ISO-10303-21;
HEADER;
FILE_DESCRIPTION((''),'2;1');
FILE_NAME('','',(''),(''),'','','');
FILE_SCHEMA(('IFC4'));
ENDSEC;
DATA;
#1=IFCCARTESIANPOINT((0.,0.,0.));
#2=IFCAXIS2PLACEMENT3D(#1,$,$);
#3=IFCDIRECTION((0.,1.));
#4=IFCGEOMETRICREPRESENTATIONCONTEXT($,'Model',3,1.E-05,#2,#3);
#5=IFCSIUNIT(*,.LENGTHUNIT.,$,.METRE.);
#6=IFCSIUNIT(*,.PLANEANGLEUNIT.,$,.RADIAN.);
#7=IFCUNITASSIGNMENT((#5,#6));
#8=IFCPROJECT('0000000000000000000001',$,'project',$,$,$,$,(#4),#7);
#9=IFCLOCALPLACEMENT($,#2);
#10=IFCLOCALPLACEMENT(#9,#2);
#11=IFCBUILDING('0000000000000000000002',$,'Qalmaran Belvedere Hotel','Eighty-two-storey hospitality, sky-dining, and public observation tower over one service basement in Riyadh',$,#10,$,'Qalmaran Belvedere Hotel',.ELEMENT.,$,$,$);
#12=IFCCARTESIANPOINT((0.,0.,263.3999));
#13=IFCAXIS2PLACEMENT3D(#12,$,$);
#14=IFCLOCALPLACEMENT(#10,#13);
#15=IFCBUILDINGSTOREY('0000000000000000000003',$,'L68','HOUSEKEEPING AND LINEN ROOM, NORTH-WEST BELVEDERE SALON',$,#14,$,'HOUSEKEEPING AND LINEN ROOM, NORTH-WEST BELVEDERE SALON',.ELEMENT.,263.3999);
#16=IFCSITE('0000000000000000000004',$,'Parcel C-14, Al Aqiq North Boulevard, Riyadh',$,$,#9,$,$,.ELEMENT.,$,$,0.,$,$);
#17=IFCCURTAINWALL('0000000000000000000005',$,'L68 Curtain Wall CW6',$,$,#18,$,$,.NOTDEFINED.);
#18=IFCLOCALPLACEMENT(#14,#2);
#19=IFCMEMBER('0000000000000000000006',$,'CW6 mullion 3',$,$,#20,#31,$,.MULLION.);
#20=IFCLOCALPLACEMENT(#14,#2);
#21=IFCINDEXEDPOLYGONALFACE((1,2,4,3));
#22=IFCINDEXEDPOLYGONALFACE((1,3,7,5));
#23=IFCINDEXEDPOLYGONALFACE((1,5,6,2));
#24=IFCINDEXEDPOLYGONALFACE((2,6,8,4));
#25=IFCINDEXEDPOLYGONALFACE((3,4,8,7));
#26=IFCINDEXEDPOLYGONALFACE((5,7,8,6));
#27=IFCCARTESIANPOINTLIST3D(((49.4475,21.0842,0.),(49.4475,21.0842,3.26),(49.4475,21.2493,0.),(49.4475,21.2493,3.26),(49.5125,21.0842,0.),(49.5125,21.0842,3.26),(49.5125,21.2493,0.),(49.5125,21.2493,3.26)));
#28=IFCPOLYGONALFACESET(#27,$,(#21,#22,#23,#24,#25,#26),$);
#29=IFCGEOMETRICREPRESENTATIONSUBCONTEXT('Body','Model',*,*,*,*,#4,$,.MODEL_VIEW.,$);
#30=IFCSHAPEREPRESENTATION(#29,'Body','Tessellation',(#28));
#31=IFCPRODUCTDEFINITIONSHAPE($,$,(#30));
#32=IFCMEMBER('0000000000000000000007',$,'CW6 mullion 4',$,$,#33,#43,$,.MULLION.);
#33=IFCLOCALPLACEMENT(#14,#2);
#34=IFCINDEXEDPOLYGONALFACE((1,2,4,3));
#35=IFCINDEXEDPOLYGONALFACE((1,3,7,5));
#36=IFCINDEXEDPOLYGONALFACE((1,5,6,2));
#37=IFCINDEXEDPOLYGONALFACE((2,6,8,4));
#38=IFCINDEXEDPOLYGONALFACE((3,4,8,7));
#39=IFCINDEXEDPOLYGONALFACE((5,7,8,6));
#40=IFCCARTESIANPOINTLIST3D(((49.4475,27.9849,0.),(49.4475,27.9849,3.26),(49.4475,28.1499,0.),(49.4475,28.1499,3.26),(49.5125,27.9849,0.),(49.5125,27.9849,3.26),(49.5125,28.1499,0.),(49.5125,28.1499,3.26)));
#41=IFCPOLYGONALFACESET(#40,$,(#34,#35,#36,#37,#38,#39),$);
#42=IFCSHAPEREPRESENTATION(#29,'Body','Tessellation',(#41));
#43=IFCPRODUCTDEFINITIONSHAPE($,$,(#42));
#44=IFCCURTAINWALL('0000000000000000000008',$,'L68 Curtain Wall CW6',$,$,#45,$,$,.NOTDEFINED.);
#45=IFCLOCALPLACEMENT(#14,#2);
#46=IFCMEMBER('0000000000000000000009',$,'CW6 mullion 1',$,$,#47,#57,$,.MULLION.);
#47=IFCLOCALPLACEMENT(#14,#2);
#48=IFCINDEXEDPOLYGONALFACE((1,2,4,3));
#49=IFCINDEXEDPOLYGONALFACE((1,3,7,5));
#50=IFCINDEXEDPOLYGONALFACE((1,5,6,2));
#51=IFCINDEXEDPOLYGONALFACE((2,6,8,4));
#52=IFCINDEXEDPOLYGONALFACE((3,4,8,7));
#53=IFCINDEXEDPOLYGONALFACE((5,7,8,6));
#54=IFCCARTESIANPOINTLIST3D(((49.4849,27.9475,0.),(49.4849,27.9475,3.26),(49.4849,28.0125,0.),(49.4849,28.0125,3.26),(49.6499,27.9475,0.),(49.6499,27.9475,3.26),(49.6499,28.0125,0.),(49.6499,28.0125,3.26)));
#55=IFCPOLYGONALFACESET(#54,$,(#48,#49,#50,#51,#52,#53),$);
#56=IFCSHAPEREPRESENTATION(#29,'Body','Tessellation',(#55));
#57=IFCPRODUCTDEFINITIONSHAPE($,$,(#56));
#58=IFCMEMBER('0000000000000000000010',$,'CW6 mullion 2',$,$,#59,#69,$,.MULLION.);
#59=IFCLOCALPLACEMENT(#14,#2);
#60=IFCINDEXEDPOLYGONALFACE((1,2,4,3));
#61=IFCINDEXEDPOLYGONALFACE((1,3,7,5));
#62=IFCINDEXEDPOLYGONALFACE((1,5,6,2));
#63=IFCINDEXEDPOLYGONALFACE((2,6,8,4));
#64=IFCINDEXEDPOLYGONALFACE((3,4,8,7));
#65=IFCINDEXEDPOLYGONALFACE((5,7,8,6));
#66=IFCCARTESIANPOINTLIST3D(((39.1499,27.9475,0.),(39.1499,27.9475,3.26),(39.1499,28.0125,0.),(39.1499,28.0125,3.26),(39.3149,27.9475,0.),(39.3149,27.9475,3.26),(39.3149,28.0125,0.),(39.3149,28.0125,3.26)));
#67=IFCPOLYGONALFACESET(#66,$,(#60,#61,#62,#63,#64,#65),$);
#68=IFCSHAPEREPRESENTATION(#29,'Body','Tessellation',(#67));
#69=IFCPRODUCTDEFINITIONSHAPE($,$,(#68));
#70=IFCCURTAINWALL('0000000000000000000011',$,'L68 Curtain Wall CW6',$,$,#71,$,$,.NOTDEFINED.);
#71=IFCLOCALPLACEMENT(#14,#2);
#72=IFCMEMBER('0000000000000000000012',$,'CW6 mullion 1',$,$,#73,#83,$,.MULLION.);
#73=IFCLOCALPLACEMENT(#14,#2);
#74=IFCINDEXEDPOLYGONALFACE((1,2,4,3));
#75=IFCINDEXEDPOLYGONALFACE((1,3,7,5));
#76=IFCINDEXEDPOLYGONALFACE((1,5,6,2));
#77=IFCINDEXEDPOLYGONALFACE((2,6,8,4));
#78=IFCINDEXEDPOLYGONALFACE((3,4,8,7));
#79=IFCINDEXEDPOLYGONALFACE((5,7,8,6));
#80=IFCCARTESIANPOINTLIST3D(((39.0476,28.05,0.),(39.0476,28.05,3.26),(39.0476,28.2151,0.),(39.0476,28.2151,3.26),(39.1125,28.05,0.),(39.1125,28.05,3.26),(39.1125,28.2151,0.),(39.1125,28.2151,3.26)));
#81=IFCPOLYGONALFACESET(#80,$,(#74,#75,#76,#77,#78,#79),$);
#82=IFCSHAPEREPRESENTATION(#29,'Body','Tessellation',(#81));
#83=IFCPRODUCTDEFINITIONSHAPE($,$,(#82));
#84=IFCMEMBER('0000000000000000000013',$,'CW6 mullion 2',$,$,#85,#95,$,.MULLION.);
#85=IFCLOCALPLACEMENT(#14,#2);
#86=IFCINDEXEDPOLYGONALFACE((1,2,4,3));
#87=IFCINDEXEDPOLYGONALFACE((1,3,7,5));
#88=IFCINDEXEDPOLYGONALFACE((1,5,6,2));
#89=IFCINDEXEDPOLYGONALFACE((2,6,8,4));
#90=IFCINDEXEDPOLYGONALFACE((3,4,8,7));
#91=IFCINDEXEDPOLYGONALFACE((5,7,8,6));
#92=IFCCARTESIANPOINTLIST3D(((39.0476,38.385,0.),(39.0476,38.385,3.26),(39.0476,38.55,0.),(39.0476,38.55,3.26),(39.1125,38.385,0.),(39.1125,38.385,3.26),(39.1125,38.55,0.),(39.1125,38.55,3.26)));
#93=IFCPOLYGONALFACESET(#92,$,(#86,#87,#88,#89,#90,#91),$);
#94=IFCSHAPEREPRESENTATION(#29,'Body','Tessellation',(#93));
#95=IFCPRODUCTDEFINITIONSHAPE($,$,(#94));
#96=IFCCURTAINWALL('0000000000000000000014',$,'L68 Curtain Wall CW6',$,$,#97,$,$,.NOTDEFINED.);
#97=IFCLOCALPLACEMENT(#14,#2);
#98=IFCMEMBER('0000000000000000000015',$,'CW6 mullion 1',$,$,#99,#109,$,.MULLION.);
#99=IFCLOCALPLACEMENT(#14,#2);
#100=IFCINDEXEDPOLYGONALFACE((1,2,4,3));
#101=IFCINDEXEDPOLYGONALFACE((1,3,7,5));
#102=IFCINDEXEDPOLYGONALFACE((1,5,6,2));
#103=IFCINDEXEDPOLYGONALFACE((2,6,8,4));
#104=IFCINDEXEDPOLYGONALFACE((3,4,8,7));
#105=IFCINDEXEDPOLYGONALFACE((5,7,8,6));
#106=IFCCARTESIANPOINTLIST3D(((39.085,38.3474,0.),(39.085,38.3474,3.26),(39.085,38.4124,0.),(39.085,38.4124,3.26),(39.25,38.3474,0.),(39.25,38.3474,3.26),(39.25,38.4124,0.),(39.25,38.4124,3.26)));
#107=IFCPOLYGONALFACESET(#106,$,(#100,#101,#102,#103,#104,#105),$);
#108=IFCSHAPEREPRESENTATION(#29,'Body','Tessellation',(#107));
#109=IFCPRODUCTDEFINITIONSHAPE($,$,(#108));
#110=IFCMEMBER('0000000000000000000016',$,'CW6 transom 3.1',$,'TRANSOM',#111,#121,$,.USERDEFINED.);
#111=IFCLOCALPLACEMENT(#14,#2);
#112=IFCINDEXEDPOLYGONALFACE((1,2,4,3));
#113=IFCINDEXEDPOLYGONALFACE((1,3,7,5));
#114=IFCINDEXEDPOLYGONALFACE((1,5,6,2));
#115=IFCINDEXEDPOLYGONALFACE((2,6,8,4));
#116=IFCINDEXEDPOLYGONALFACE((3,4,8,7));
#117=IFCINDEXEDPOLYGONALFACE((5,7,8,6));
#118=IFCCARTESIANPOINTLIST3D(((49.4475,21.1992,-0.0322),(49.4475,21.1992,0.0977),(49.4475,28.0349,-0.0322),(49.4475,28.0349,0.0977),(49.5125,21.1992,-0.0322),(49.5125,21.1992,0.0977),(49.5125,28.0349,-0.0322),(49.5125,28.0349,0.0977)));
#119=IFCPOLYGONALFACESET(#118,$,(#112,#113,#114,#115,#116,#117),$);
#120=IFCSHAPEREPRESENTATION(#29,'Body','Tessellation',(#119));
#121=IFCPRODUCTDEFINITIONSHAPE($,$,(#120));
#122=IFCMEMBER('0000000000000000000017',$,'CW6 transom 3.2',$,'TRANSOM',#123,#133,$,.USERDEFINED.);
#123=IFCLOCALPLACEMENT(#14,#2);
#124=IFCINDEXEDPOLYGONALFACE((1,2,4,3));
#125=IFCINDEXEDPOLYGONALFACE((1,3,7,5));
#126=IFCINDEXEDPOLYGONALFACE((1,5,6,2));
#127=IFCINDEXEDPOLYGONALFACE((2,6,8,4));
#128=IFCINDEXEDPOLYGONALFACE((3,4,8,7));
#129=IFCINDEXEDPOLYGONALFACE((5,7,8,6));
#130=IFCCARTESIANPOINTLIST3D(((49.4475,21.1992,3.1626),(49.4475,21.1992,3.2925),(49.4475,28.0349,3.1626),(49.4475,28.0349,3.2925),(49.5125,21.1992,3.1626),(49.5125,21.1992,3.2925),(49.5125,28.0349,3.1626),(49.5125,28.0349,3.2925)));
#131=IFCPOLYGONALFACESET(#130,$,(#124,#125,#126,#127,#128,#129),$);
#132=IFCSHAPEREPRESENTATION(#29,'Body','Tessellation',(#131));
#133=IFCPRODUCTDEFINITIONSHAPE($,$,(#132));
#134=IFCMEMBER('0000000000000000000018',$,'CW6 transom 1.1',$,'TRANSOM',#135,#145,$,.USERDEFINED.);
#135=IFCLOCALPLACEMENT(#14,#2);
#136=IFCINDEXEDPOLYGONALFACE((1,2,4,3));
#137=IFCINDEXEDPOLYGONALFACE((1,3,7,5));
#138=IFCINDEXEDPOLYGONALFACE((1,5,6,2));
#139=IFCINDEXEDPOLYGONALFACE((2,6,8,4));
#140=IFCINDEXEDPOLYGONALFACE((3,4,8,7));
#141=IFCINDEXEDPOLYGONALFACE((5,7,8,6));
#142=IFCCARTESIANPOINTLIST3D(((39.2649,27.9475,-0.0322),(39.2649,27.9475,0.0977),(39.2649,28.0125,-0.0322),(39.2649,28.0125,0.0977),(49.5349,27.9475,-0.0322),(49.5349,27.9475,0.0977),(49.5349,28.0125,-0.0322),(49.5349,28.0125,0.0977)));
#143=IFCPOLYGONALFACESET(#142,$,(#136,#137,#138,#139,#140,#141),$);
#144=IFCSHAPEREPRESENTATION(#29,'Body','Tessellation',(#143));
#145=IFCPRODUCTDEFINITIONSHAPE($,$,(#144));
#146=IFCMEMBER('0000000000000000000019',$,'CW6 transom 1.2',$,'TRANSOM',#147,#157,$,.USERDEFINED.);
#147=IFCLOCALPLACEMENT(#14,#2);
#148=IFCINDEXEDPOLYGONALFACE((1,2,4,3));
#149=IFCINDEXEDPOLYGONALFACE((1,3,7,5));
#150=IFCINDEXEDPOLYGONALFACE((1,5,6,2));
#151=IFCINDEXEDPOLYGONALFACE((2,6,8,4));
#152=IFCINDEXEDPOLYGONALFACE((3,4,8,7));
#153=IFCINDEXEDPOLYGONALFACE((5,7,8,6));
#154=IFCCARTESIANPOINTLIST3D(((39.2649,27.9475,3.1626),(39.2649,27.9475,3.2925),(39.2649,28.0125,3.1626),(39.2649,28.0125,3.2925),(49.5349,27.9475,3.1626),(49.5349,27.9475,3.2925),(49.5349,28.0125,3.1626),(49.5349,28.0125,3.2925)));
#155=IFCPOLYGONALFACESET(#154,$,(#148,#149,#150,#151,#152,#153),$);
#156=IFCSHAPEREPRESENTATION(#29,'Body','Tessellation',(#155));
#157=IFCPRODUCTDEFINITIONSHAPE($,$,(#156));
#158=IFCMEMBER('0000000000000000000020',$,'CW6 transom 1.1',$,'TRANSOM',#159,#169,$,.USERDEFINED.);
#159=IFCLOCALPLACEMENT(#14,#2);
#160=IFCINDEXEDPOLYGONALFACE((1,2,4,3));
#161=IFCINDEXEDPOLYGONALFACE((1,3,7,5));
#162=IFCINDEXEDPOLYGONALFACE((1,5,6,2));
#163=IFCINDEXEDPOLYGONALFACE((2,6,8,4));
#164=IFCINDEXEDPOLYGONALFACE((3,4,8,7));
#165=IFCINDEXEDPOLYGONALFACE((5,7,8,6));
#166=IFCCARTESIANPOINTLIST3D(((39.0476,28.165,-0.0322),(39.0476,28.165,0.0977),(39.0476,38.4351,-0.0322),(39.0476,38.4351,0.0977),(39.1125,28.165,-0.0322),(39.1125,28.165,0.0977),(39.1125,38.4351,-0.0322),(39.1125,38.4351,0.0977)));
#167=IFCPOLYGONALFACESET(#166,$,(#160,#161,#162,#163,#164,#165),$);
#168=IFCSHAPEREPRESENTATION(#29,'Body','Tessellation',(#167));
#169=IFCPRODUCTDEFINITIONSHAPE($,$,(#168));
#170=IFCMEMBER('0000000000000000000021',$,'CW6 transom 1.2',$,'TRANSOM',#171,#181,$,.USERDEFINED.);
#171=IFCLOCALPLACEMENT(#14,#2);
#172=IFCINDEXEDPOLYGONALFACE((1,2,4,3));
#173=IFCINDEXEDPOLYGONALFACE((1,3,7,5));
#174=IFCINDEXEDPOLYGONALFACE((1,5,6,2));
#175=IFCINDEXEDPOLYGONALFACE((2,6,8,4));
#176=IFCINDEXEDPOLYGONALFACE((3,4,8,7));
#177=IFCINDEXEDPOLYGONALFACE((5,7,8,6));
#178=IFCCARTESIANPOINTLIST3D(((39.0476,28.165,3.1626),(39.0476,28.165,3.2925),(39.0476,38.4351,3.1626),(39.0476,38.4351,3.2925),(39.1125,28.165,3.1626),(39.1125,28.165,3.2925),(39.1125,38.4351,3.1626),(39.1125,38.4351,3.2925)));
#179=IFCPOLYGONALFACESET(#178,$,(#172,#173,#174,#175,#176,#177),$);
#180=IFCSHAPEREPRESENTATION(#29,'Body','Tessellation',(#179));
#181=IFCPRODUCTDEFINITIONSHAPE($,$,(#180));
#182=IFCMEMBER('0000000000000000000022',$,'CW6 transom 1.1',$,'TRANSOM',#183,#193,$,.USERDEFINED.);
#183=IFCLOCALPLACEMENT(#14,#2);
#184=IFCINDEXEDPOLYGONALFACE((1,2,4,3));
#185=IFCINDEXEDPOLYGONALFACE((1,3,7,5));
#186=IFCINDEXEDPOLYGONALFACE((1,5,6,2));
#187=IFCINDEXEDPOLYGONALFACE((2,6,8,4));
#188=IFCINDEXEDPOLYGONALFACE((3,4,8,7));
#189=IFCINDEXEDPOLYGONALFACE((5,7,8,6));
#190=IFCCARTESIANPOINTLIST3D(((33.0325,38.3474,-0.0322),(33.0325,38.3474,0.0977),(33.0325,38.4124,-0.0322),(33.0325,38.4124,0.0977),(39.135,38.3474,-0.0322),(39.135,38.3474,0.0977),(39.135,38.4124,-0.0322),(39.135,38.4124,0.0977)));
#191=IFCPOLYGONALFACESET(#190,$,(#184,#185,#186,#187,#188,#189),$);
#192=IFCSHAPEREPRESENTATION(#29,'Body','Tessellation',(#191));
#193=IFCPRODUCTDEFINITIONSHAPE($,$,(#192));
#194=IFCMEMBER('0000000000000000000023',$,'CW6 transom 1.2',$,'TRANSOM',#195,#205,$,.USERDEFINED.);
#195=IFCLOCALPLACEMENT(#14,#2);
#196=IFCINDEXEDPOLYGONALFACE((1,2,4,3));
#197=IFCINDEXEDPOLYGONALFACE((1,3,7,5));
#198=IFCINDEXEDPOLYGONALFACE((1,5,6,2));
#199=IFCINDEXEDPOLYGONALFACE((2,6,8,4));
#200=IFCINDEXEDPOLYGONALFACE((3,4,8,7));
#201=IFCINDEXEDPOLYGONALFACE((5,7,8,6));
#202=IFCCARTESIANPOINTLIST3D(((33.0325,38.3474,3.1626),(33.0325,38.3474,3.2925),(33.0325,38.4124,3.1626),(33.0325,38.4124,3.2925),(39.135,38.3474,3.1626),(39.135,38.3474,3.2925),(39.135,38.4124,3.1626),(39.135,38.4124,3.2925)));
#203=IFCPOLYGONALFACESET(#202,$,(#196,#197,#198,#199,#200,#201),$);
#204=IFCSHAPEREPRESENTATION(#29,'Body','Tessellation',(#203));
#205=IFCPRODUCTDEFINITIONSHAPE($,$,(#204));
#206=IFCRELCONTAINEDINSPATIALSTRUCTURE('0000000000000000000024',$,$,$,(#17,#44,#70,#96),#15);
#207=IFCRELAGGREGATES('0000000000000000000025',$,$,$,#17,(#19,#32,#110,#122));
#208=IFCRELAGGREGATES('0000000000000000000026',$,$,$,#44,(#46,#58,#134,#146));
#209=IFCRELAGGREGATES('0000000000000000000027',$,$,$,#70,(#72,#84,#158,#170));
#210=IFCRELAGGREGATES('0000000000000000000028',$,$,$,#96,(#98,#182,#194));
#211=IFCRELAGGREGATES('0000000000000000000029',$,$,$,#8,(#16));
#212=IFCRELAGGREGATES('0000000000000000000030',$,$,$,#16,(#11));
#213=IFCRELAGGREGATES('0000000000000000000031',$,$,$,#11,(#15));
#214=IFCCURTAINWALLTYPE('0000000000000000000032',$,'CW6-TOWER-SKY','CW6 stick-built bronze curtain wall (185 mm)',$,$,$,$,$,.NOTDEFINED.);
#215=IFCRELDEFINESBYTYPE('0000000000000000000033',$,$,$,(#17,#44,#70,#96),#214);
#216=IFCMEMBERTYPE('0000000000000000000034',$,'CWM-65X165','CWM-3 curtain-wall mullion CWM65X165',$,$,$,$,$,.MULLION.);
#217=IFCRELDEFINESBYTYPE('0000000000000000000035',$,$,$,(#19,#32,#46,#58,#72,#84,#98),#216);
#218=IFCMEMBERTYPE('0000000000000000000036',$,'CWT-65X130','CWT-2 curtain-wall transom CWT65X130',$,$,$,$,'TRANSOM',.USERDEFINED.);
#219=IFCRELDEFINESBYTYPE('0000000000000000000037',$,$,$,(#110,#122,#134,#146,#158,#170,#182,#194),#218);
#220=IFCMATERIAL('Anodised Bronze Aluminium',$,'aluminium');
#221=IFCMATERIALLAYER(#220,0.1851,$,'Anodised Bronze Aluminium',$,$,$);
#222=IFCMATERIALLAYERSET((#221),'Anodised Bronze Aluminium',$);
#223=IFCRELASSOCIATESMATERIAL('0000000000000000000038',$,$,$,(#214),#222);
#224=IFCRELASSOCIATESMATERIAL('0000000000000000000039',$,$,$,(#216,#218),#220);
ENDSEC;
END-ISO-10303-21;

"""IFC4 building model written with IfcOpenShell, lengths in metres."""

from ifc_helpers import new_model, si_unit, direction, frame, origin, origin_2d, place, context, subcontext, project, spatial, rectangle, extrude, material, layer, layer_set, material_profile, profile_set, type_object, element, aggregate, save


model = new_model("IFC4")

# Units and contexts
model_context = context("Model", 3, precision=1e-05, world=origin(), true_north=direction((0.0, 1.0)))
body_context = subcontext(model_context, "Body", "Model", "MODEL_VIEW")
ifc_project = project(units=[si_unit("LENGTHUNIT", "METRE"), si_unit("PLANEANGLEUNIT", "RADIAN")], contexts=[model_context])

# Site, building, storey
site_placement = place(None, origin())
site = spatial("IfcSite", under=ifc_project, at=site_placement, Name="Parcel C-14, Al Aqiq North Boulevard, Riyadh", CompositionType="ELEMENT", RefElevation=0.0)
building_placement = place(site_placement, origin())
building = spatial("IfcBuilding", under=site, at=building_placement, Name="Qalmaran Belvedere Hotel", Description="Eighty-two-storey hospitality, sky-dining, and public observation tower over one service basement in Riyadh", LongName="Qalmaran Belvedere Hotel", CompositionType="ELEMENT")
storey_placement = place(building_placement, frame((0.0, 0.0, 263.3999)))
storey = spatial("IfcBuildingStorey", under=building, at=storey_placement, Name="L68", Description="HOUSEKEEPING AND LINEN ROOM, NORTH-WEST BELVEDERE SALON", LongName="HOUSEKEEPING AND LINEN ROOM, NORTH-WEST BELVEDERE SALON", CompositionType="ELEMENT", Elevation=263.3999)

# Curtain walls, members
ifc_material_1 = material(Name="Anodised Bronze Aluminium", Category="aluminium")
ifc_layer_1 = layer(ifc_material_1, 0.1851, Name="Anodised Bronze Aluminium")
ifc_layer_set_1 = layer_set([ifc_layer_1], Name="Anodised Bronze Aluminium")
curtain_wall_type = type_object("IfcCurtainWallType", Name="CW6-TOWER-SKY", Description="CW6 stick-built bronze curtain wall (185 mm)", PredefinedType="NOTDEFINED", material=ifc_layer_set_1)
curtain_wall_1_placement = place(storey_placement, origin())
curtain_wall_1 = element("IfcCurtainWall", 1, at=curtain_wall_1_placement, inside=storey, type_object=curtain_wall_type, Name="L68 Curtain Wall CW6", PredefinedType="NOTDEFINED")
ifc_material_profile_1 = material_profile(ifc_material_1, rectangle(XDim=0.0649, YDim=0.165, at=origin_2d()), Name="CWM65X165")
ifc_profile_set_1 = profile_set([ifc_material_profile_1], Name="Anodised Bronze Aluminium")
member_type_1 = type_object("IfcMemberType", Name="CWM-65X165", Description="CWM-3 curtain-wall mullion CWM65X165", PredefinedType="MULLION", material=ifc_profile_set_1)
member_1_placement = place(storey_placement, frame((49.48, 21.1667, 0.0), z_axis=(0.0, 0.0, 1.0), x_axis=(-1.0, 0.0, 0.0)))
member_1 = element("IfcMember", 2, at=member_1_placement, type_object=member_type_1, Name="CW6 mullion 3", PredefinedType="MULLION", context=body_context, shape_type="SweptSolid", body=[
    extrude(rectangle(XDim=0.0649, YDim=0.165, at=origin_2d()), origin(), (0.0, 0.0, 1.0), 3.26),
])
member_2_placement = place(storey_placement, frame((49.48, 28.0674, 0.0), z_axis=(0.0, 0.0, 1.0), x_axis=(-1.0, 0.0, 0.0)))
member_2 = element("IfcMember", 3, at=member_2_placement, type_object=member_type_1, Name="CW6 mullion 4", PredefinedType="MULLION", context=body_context, shape_type="SweptSolid", body=[
    extrude(rectangle(XDim=0.0649, YDim=0.165, at=origin_2d()), origin(), (0.0, 0.0, 1.0), 3.26),
])
curtain_wall_2_placement = place(storey_placement, origin())
curtain_wall_2 = element("IfcCurtainWall", 4, at=curtain_wall_2_placement, inside=storey, type_object=curtain_wall_type, Name="L68 Curtain Wall CW6", PredefinedType="NOTDEFINED")
member_3_placement = place(storey_placement, frame((49.5674, 27.98, 0.0), z_axis=(0.0, 0.0, 1.0), x_axis=(0.0, -1.0, 0.0)))
member_3 = element("IfcMember", 5, at=member_3_placement, type_object=member_type_1, Name="CW6 mullion 1", PredefinedType="MULLION", context=body_context, shape_type="SweptSolid", body=[
    extrude(rectangle(XDim=0.0649, YDim=0.165, at=origin_2d()), origin(), (0.0, 0.0, 1.0), 3.26),
])
member_4_placement = place(storey_placement, frame((39.2324, 27.98, 0.0), z_axis=(0.0, 0.0, 1.0), x_axis=(0.0, -1.0, 0.0)))
member_4 = element("IfcMember", 6, at=member_4_placement, type_object=member_type_1, Name="CW6 mullion 2", PredefinedType="MULLION", context=body_context, shape_type="SweptSolid", body=[
    extrude(rectangle(XDim=0.0649, YDim=0.165, at=origin_2d()), origin(), (0.0, 0.0, 1.0), 3.26),
])
curtain_wall_3_placement = place(storey_placement, origin())
curtain_wall_3 = element("IfcCurtainWall", 7, at=curtain_wall_3_placement, inside=storey, type_object=curtain_wall_type, Name="L68 Curtain Wall CW6", PredefinedType="NOTDEFINED")
member_5_placement = place(storey_placement, frame((39.0801, 28.1326, 0.0), z_axis=(0.0, 0.0, 1.0), x_axis=(-1.0, 0.0, 0.0)))
member_5 = element("IfcMember", 8, at=member_5_placement, type_object=member_type_1, Name="CW6 mullion 1", PredefinedType="MULLION", context=body_context, shape_type="SweptSolid", body=[
    extrude(rectangle(XDim=0.0649, YDim=0.165, at=origin_2d()), origin(), (0.0, 0.0, 1.0), 3.26),
])
member_6_placement = place(storey_placement, frame((39.0801, 38.4675, 0.0), z_axis=(0.0, 0.0, 1.0), x_axis=(-1.0, 0.0, 0.0)))
member_6 = element("IfcMember", 9, at=member_6_placement, type_object=member_type_1, Name="CW6 mullion 2", PredefinedType="MULLION", context=body_context, shape_type="SweptSolid", body=[
    extrude(rectangle(XDim=0.0649, YDim=0.165, at=origin_2d()), origin(), (0.0, 0.0, 1.0), 3.26),
])

# Curtain wall, member
curtain_wall_4_placement = place(storey_placement, origin())
curtain_wall_4 = element("IfcCurtainWall", 10, at=curtain_wall_4_placement, inside=storey, type_object=curtain_wall_type, Name="L68 Curtain Wall CW6", PredefinedType="NOTDEFINED")
member_7_placement = place(storey_placement, frame((39.1675, 38.3799, 0.0), z_axis=(0.0, 0.0, 1.0), x_axis=(0.0, -1.0, 0.0)))
member_7 = element("IfcMember", 11, at=member_7_placement, type_object=member_type_1, Name="CW6 mullion 1", PredefinedType="MULLION", context=body_context, shape_type="SweptSolid", body=[
    extrude(rectangle(XDim=0.0649, YDim=0.165, at=origin_2d()), origin(), (0.0, 0.0, 1.0), 3.26),
])

# Members
ifc_material_profile_2 = material_profile(ifc_material_1, rectangle(XDim=0.0649, YDim=0.1299, at=origin_2d()), Name="CWT65X130")
ifc_profile_set_2 = profile_set([ifc_material_profile_2], Name="Anodised Bronze Aluminium")
member_type_2 = type_object("IfcMemberType", Name="CWT-65X130", Description="CWT-2 curtain-wall transom CWT65X130", ElementType="TRANSOM", PredefinedType="USERDEFINED", material=ifc_profile_set_2)
member_8_placement = place(storey_placement, frame((49.48, 21.1992, 0.0327), z_axis=(0.0, 1.0, 0.0), x_axis=(-1.0, 0.0, 0.0)))
member_8 = element("IfcMember", 12, at=member_8_placement, type_object=member_type_2, Name="CW6 transom 3.1", ObjectType="TRANSOM", PredefinedType="USERDEFINED", context=body_context, shape_type="SweptSolid", body=[
    extrude(rectangle(XDim=0.0649, YDim=0.1299, at=origin_2d()), origin(), (0.0, 0.0, 1.0), 6.8357),
])
member_9_placement = place(storey_placement, frame((49.48, 21.1992, 3.2275), z_axis=(0.0, 1.0, 0.0), x_axis=(-1.0, 0.0, 0.0)))
member_9 = element("IfcMember", 13, at=member_9_placement, type_object=member_type_2, Name="CW6 transom 3.2", ObjectType="TRANSOM", PredefinedType="USERDEFINED", context=body_context, shape_type="SweptSolid", body=[
    extrude(rectangle(XDim=0.0649, YDim=0.1299, at=origin_2d()), origin(), (0.0, 0.0, 1.0), 6.8357),
])
member_10_placement = place(storey_placement, frame((49.5349, 27.98, 0.0327), z_axis=(-1.0, 0.0, 0.0), x_axis=(0.0, -1.0, 0.0)))
member_10 = element("IfcMember", 14, at=member_10_placement, type_object=member_type_2, Name="CW6 transom 1.1", ObjectType="TRANSOM", PredefinedType="USERDEFINED", context=body_context, shape_type="SweptSolid", body=[
    extrude(rectangle(XDim=0.0649, YDim=0.1299, at=origin_2d()), origin(), (0.0, 0.0, 1.0), 10.27),
])
member_11_placement = place(storey_placement, frame((49.5349, 27.98, 3.2275), z_axis=(-1.0, 0.0, 0.0), x_axis=(0.0, -1.0, 0.0)))
member_11 = element("IfcMember", 15, at=member_11_placement, type_object=member_type_2, Name="CW6 transom 1.2", ObjectType="TRANSOM", PredefinedType="USERDEFINED", context=body_context, shape_type="SweptSolid", body=[
    extrude(rectangle(XDim=0.0649, YDim=0.1299, at=origin_2d()), origin(), (0.0, 0.0, 1.0), 10.27),
])
member_12_placement = place(storey_placement, frame((39.0801, 28.165, 0.0327), z_axis=(0.0, 1.0, 0.0), x_axis=(-1.0, 0.0, 0.0)))
member_12 = element("IfcMember", 16, at=member_12_placement, type_object=member_type_2, Name="CW6 transom 1.1", ObjectType="TRANSOM", PredefinedType="USERDEFINED", context=body_context, shape_type="SweptSolid", body=[
    extrude(rectangle(XDim=0.0649, YDim=0.1299, at=origin_2d()), origin(), (0.0, 0.0, 1.0), 10.27),
])
member_13_placement = place(storey_placement, frame((39.0801, 28.165, 3.2275), z_axis=(0.0, 1.0, 0.0), x_axis=(-1.0, 0.0, 0.0)))
member_13 = element("IfcMember", 17, at=member_13_placement, type_object=member_type_2, Name="CW6 transom 1.2", ObjectType="TRANSOM", PredefinedType="USERDEFINED", context=body_context, shape_type="SweptSolid", body=[
    extrude(rectangle(XDim=0.0649, YDim=0.1299, at=origin_2d()), origin(), (0.0, 0.0, 1.0), 10.27),
])
member_14_placement = place(storey_placement, frame((39.135, 38.3799, 0.0327), z_axis=(-1.0, 0.0, 0.0), x_axis=(0.0, -1.0, 0.0)))
member_14 = element("IfcMember", 18, at=member_14_placement, type_object=member_type_2, Name="CW6 transom 1.1", ObjectType="TRANSOM", PredefinedType="USERDEFINED", context=body_context, shape_type="SweptSolid", body=[
    extrude(rectangle(XDim=0.0649, YDim=0.1299, at=origin_2d()), origin(), (0.0, 0.0, 1.0), 6.1025),
])
member_15_placement = place(storey_placement, frame((39.135, 38.3799, 3.2275), z_axis=(-1.0, 0.0, 0.0), x_axis=(0.0, -1.0, 0.0)))
member_15 = element("IfcMember", 19, at=member_15_placement, type_object=member_type_2, Name="CW6 transom 1.2", ObjectType="TRANSOM", PredefinedType="USERDEFINED", context=body_context, shape_type="SweptSolid", body=[
    extrude(rectangle(XDim=0.0649, YDim=0.1299, at=origin_2d()), origin(), (0.0, 0.0, 1.0), 6.1025),
])

aggregate(curtain_wall_1, [member_1, member_2, member_8, member_9])
aggregate(curtain_wall_2, [member_3, member_4, member_10, member_11])
aggregate(curtain_wall_3, [member_5, member_6, member_12, member_13])
aggregate(curtain_wall_4, [member_7, member_14, member_15])

save(model, "model.ifc")
